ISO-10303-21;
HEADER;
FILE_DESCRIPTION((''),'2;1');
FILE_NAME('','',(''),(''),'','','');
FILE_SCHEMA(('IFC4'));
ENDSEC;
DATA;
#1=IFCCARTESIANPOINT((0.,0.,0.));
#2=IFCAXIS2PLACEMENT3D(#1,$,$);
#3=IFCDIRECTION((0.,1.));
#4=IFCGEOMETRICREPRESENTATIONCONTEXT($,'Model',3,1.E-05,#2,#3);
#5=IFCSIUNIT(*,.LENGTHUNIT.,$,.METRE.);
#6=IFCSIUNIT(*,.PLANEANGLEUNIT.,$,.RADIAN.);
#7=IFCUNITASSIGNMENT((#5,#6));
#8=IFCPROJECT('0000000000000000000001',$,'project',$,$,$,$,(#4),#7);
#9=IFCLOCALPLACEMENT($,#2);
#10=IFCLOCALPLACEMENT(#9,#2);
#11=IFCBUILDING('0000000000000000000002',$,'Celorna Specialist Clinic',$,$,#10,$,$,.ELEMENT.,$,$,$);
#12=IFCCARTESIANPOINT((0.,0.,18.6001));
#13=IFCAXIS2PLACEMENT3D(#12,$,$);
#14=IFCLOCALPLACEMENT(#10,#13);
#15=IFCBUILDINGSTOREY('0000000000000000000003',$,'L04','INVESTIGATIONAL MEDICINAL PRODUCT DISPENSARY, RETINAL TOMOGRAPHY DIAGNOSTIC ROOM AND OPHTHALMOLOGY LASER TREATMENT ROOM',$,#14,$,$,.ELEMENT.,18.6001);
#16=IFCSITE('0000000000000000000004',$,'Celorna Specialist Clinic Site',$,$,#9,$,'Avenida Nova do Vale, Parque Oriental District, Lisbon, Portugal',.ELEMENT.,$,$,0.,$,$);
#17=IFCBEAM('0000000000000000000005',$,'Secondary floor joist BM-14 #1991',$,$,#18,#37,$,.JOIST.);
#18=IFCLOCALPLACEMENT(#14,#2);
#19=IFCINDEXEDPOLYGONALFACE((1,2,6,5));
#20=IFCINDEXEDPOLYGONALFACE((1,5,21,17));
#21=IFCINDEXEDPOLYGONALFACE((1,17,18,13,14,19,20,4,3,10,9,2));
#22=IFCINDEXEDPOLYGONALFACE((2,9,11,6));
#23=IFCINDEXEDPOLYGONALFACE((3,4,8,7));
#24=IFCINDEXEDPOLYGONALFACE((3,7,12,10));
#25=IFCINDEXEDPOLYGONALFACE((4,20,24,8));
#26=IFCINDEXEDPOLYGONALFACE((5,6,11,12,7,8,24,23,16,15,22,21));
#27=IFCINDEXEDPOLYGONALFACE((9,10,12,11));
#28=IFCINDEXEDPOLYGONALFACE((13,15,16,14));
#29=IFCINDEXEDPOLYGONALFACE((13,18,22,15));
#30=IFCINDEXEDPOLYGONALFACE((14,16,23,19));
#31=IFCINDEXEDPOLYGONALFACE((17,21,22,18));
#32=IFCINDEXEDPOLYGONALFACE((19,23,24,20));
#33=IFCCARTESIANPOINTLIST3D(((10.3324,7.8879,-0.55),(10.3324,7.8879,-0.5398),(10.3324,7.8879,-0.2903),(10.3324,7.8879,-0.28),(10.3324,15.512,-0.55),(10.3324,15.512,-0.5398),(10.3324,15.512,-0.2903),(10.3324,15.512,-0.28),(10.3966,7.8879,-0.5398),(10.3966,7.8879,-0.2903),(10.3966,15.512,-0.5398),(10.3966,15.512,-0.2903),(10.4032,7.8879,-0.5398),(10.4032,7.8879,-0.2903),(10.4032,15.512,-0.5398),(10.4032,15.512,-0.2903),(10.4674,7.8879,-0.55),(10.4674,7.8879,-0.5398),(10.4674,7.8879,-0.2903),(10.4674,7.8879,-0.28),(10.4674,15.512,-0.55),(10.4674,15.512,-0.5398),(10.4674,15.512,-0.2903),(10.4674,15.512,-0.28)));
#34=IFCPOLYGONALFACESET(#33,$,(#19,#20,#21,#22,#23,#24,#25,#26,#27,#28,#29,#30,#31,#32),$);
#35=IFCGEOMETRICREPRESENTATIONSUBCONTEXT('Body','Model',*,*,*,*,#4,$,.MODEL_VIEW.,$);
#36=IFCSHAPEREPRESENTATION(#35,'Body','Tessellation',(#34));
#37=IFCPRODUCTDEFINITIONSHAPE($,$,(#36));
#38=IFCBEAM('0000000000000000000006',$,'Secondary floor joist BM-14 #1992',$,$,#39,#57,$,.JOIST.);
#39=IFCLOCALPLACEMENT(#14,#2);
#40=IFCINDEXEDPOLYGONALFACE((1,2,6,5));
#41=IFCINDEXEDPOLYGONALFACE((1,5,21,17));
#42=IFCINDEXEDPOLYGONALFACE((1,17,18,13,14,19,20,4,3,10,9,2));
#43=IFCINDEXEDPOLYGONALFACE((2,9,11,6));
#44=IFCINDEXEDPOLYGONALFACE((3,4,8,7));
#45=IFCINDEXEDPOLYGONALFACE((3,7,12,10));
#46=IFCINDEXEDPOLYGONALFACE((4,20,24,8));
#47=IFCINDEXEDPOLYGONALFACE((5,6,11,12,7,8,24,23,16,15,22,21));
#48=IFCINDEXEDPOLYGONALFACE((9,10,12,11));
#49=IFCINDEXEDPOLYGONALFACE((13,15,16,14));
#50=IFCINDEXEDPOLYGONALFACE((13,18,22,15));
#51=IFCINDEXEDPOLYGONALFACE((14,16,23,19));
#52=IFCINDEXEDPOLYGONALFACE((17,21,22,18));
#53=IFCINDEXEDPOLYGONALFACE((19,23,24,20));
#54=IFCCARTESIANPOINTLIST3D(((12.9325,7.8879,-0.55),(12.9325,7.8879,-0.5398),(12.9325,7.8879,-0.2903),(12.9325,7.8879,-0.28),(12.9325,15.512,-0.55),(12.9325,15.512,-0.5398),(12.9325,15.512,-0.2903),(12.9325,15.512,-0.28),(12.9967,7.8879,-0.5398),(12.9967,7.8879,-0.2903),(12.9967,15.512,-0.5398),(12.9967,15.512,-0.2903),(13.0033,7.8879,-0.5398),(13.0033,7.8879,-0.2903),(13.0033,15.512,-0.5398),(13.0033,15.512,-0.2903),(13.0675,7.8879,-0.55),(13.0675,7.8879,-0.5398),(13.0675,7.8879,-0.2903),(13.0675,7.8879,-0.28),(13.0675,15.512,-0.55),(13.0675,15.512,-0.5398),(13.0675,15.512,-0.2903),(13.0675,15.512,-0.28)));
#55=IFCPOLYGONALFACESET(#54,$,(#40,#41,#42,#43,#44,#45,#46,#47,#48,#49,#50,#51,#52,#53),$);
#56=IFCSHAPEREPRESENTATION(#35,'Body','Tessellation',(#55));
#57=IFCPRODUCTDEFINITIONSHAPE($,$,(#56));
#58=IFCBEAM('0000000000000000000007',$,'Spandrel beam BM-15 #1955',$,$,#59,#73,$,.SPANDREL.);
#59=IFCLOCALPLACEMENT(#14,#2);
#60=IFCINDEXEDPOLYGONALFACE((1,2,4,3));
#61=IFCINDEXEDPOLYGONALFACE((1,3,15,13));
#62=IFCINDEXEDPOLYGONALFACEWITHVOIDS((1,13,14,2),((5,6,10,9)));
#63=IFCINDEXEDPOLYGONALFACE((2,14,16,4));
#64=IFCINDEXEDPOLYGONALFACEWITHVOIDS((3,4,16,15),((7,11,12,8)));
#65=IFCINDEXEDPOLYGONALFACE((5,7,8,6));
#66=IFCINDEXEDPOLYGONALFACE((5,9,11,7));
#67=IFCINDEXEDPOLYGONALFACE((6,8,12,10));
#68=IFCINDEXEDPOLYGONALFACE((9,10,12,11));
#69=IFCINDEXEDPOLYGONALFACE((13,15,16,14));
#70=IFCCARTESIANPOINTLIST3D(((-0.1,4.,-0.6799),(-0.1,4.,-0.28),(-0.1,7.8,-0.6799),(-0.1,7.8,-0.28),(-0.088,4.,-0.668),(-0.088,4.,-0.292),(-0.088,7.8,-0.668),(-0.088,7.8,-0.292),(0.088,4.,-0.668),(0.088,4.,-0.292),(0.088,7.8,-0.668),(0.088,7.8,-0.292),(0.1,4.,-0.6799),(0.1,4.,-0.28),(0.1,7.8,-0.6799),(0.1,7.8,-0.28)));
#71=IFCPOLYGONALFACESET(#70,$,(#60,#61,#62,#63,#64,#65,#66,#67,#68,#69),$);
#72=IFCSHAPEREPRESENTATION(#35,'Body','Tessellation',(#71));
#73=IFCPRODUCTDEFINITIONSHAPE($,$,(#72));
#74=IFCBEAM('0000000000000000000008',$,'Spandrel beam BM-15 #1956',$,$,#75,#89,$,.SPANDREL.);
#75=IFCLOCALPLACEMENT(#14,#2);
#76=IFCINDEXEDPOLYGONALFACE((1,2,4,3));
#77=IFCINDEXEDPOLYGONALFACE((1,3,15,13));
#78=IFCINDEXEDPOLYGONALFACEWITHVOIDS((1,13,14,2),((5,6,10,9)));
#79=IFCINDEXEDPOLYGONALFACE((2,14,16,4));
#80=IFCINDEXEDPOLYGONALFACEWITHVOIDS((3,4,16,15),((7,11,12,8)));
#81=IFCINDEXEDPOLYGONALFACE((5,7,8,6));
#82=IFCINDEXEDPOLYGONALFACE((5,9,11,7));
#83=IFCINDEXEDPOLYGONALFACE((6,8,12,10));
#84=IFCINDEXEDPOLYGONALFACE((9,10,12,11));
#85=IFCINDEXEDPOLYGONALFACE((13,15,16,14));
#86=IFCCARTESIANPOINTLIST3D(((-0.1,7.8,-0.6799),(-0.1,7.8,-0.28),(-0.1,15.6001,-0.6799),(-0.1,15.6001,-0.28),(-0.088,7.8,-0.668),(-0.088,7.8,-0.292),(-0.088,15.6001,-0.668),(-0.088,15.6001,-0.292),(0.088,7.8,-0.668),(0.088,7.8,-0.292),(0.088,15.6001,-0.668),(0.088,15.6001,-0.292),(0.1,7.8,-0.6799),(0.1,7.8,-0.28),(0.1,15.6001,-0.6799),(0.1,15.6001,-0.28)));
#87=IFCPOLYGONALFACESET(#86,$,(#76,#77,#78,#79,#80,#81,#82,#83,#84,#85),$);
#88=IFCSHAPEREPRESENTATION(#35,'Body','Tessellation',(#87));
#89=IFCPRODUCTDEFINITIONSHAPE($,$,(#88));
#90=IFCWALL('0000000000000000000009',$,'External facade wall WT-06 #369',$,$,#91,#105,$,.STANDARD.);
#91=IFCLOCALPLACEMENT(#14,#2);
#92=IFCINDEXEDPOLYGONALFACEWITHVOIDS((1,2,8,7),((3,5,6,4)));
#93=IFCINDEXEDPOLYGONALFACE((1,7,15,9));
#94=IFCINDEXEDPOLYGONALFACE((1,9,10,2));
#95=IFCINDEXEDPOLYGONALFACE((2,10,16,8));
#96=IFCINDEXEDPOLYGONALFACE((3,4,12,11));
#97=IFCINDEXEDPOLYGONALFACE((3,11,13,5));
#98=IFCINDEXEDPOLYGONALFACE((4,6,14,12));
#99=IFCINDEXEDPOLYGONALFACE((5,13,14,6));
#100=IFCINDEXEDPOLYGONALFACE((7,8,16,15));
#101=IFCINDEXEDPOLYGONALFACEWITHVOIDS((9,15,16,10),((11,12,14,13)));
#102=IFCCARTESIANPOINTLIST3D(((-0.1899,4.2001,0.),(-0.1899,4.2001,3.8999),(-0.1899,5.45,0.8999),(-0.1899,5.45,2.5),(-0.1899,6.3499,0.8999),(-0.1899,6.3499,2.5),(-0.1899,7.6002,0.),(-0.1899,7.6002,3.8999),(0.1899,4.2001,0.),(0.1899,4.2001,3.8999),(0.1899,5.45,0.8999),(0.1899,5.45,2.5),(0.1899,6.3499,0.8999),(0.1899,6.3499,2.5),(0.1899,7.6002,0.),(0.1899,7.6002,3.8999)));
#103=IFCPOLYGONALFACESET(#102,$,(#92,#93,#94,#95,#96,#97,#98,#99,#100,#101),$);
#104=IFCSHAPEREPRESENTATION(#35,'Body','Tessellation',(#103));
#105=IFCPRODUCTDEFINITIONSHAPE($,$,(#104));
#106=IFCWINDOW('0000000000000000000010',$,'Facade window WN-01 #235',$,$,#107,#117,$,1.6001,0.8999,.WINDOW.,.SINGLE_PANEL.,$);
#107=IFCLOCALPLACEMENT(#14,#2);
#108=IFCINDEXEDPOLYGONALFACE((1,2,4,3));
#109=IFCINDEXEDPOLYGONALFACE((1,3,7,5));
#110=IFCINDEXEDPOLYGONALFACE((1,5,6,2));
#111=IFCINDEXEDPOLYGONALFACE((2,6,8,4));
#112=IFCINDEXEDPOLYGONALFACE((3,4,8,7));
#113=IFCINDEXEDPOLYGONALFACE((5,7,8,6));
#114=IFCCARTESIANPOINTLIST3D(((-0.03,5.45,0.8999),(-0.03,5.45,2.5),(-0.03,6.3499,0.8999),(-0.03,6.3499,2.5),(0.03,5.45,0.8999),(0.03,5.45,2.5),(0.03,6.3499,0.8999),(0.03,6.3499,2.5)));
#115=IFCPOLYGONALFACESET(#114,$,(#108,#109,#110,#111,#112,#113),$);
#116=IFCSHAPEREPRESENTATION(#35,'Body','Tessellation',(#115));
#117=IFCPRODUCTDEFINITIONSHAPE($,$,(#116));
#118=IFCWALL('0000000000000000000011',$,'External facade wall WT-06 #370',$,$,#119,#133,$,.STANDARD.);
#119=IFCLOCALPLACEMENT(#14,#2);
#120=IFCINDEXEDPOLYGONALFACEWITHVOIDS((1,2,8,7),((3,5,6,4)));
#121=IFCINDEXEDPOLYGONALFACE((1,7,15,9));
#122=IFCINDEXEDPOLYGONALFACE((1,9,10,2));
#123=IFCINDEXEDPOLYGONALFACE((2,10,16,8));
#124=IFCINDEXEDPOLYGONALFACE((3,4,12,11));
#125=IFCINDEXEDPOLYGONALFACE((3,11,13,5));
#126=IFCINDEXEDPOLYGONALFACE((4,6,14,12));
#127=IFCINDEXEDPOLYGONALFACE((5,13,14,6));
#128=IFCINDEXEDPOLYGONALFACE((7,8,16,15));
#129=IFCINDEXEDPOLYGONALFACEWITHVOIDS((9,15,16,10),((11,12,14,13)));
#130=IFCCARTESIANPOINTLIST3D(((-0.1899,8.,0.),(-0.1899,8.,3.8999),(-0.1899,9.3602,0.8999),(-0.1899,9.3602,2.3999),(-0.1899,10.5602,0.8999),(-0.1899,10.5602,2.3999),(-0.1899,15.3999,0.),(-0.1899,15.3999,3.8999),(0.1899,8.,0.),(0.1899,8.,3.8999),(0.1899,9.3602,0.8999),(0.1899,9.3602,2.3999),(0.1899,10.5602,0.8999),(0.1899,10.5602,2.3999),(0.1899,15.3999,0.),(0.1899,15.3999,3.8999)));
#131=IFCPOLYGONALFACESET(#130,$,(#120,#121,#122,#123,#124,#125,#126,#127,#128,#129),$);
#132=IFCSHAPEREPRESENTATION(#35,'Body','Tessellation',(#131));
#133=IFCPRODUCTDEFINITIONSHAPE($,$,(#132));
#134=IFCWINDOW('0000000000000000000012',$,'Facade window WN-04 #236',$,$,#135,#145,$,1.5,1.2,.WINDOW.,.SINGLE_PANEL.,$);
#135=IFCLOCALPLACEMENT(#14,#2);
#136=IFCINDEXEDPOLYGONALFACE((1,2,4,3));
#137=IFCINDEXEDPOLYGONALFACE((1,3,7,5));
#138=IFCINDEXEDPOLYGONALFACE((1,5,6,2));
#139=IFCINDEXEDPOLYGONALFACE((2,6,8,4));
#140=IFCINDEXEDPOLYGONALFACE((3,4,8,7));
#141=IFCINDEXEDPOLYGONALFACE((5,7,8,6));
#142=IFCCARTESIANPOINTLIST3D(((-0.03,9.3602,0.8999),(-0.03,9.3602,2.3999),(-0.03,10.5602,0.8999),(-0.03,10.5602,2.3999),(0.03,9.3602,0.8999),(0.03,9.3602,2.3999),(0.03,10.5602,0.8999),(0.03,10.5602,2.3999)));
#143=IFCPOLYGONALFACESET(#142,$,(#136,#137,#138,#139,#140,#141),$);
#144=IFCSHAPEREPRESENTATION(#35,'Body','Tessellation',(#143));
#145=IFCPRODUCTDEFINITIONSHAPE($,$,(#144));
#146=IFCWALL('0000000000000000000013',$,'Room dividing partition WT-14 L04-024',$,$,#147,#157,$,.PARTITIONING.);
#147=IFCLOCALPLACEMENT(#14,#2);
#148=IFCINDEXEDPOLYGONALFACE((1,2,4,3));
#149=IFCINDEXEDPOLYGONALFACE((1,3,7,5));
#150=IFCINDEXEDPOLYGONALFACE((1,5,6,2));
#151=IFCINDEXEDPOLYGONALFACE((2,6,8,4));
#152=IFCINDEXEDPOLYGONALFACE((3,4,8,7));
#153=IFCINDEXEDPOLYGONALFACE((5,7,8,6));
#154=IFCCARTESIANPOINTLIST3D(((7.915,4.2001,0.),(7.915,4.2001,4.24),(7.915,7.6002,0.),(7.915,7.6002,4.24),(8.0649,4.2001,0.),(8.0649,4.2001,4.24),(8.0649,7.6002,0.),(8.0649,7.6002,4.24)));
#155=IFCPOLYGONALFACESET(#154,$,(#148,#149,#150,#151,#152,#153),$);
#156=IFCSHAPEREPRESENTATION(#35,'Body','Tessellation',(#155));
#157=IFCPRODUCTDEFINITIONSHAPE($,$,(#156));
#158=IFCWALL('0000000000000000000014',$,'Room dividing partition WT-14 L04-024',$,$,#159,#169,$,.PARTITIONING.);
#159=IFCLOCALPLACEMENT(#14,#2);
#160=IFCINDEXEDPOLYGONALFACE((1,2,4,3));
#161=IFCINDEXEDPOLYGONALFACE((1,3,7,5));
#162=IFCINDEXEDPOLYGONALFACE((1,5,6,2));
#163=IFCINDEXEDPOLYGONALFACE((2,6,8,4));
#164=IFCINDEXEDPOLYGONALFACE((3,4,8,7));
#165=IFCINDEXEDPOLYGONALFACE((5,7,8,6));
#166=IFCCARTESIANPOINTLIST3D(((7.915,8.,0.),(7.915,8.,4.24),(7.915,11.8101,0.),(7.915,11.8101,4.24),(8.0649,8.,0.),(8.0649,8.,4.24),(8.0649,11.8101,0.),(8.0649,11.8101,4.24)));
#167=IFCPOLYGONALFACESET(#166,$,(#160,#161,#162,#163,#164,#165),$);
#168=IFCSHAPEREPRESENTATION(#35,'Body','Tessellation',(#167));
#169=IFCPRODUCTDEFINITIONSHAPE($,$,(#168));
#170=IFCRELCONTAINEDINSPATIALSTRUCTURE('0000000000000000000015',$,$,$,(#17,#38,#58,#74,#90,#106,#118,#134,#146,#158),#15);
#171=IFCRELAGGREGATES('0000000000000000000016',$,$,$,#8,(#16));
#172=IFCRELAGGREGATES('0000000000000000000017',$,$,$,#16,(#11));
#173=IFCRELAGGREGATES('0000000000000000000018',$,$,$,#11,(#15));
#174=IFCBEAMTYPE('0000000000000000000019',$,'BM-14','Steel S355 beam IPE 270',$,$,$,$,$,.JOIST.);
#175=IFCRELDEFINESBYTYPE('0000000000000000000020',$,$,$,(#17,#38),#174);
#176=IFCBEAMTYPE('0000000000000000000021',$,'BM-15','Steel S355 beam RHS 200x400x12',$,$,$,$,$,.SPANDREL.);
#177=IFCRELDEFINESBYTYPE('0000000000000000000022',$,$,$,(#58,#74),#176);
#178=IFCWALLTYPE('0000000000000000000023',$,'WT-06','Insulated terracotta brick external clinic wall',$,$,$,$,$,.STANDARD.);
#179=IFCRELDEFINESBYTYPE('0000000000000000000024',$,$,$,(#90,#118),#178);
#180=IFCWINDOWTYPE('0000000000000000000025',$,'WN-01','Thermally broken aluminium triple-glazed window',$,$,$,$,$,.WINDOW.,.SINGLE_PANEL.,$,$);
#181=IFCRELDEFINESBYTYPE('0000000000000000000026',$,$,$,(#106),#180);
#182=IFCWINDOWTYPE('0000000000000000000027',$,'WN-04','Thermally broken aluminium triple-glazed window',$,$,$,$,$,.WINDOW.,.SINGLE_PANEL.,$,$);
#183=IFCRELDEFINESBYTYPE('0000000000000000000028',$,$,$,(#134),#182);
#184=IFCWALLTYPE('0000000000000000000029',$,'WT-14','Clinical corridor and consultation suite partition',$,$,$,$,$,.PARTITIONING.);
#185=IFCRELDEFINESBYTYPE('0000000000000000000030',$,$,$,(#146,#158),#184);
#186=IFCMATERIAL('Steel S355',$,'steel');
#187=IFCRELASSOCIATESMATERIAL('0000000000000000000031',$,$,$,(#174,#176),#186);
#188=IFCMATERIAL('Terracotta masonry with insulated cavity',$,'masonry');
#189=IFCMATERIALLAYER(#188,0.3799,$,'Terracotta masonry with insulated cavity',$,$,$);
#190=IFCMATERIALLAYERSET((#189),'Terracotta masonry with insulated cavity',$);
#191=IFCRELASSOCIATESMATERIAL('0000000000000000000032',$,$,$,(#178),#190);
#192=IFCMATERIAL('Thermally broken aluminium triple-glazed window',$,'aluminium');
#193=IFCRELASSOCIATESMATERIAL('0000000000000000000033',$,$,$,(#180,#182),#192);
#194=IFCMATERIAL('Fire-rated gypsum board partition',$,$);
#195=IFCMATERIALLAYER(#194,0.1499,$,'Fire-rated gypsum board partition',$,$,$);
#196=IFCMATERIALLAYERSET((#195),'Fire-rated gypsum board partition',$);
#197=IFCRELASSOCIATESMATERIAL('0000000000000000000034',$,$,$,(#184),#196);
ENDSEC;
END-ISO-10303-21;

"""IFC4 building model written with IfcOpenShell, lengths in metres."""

from ifc_helpers import new_model, si_unit, direction, frame, frame_2d, origin, origin_2d, place, context, subcontext, project, spatial, rectangle, hollow_rectangle, i_section, extrude, material, layer, layer_set, material_profile, profile_set, type_object, element, fill, save


model = new_model("IFC4")

# Units and contexts
model_context = context("Model", 3, precision=1e-05, world=origin(), true_north=direction((0.0, 1.0)))
body_context = subcontext(model_context, "Body", "Model", "MODEL_VIEW")
ifc_project = project(units=[si_unit("LENGTHUNIT", "METRE"), si_unit("PLANEANGLEUNIT", "RADIAN")], contexts=[model_context])

# Site, building, storey
site_placement = place(None, origin())
site = spatial("IfcSite", under=ifc_project, at=site_placement, Name="Celorna Specialist Clinic Site", LongName="Avenida Nova do Vale, Parque Oriental District, Lisbon, Portugal", CompositionType="ELEMENT", RefElevation=0.0)
building_placement = place(site_placement, origin())
building = spatial("IfcBuilding", under=site, at=building_placement, Name="Celorna Specialist Clinic", CompositionType="ELEMENT")
storey_placement = place(building_placement, frame((0.0, 0.0, 18.6001)))
storey = spatial("IfcBuildingStorey", under=building, at=storey_placement, Name="L04", Description="INVESTIGATIONAL MEDICINAL PRODUCT DISPENSARY, RETINAL TOMOGRAPHY DIAGNOSTIC ROOM AND OPHTHALMOLOGY LASER TREATMENT ROOM", CompositionType="ELEMENT", Elevation=18.6001)

# Beams
ifc_material_1 = material(Name="Steel S355", Category="steel")
ifc_material_profile_1 = material_profile(ifc_material_1, i_section(OverallWidth=0.135, OverallDepth=0.27, WebThickness=0.0066, FlangeThickness=0.0103, at=origin_2d()), Name="IPE 270")
ifc_profile_set_1 = profile_set([ifc_material_profile_1], Name="Steel S355")
beam_type_1 = type_object("IfcBeamType", Name="BM-14", Description="Steel S355 beam IPE 270", PredefinedType="JOIST", material=ifc_profile_set_1)
for number, where, z_axis, x_axis, name in (
    (1, (10.3999, 7.8879, -0.415), (0.0, 1.0, 0.0), (-1.0, 0.0, 0.0), "Secondary floor joist BM-14 #1991"),
    (2, (13.0, 7.8879, -0.415), (0.0, 1.0, 0.0), (-1.0, 0.0, 0.0), "Secondary floor joist BM-14 #1992"),
):
    element("IfcBeam", number, at=place(storey_placement, frame(where, z_axis=z_axis, x_axis=x_axis)), inside=storey, type_object=beam_type_1, Name=name, PredefinedType="JOIST", context=body_context, shape_type="SweptSolid", body=[
        extrude(i_section(OverallWidth=0.135, OverallDepth=0.27, WebThickness=0.0066, FlangeThickness=0.0103, at=origin_2d()), origin(), (0.0, 0.0, 1.0), 7.624),
    ])
ifc_material_profile_2 = material_profile(ifc_material_1, hollow_rectangle(XDim=0.2, YDim=0.3999, WallThickness=0.012, at=origin_2d()), Name="RHS 200x400x12")
ifc_profile_set_2 = profile_set([ifc_material_profile_2], Name="Steel S355")
beam_type_2 = type_object("IfcBeamType", Name="BM-15", Description="Steel S355 beam RHS 200x400x12", PredefinedType="SPANDREL", material=ifc_profile_set_2)
beam_1_placement = place(storey_placement, frame((0.0, 4.0, -0.48), z_axis=(0.0, 1.0, 0.0), x_axis=(-1.0, 0.0, 0.0)))
element("IfcBeam", 3, at=beam_1_placement, inside=storey, type_object=beam_type_2, Name="Spandrel beam BM-15 #1955", PredefinedType="SPANDREL", context=body_context, shape_type="SweptSolid", body=[
    extrude(hollow_rectangle(XDim=0.2, YDim=0.3999, WallThickness=0.012, at=origin_2d()), origin(), (0.0, 0.0, 1.0), 3.8),
])
beam_2_placement = place(storey_placement, frame((0.0, 7.8, -0.48), z_axis=(0.0, 1.0, 0.0), x_axis=(-1.0, 0.0, 0.0)))
element("IfcBeam", 4, at=beam_2_placement, inside=storey, type_object=beam_type_2, Name="Spandrel beam BM-15 #1956", PredefinedType="SPANDREL", context=body_context, shape_type="SweptSolid", body=[
    extrude(hollow_rectangle(XDim=0.2, YDim=0.3999, WallThickness=0.012, at=origin_2d()), origin(), (0.0, 0.0, 1.0), 7.8),
])

# Walls, openings, windows
ifc_material_2 = material(Name="Terracotta masonry with insulated cavity", Category="masonry")
ifc_layer_1 = layer(ifc_material_2, 0.3799, Name="Terracotta masonry with insulated cavity")
ifc_layer_set_1 = layer_set([ifc_layer_1], Name="Terracotta masonry with insulated cavity")
wall_type_1 = type_object("IfcWallType", Name="WT-06", Description="Insulated terracotta brick external clinic wall", PredefinedType="STANDARD", material=ifc_layer_set_1)
wall_1_placement = place(storey_placement, frame((0.0, 4.2, 0.0), z_axis=(0.0, 0.0, 1.0), x_axis=(0.0, 1.0, 0.0)))
wall_1 = element("IfcWall", 5, at=wall_1_placement, inside=storey, type_object=wall_type_1, Name="External facade wall WT-06 #369", PredefinedType="STANDARD", context=body_context, shape_type="SweptSolid", body=[
    extrude(rectangle(XDim=3.4001, YDim=0.3799, at=frame_2d((1.7002, 0.0))), origin(), (0.0, 0.0, 1.0), 3.8999),
])
opening_1_placement = place(wall_1_placement, frame((1.25, 0.0, 0.8999)))
opening_1 = element("IfcOpeningElement", 6, at=opening_1_placement, cuts=wall_1, PredefinedType="OPENING", context=body_context, shape_type="SweptSolid", body=[
    extrude(rectangle(XDim=0.8999, YDim=1.6001, at=frame_2d((0.45, 0.8))), frame((0.0, 0.2, 0.0), z_axis=(0.0, -1.0, 0.0), x_axis=(1.0, 0.0, 0.0)), (0.0, 0.0, 1.0), 0.3999),
])
ifc_material_3 = material(Name="Thermally broken aluminium triple-glazed window", Category="aluminium")
window_type_1 = type_object("IfcWindowType", Name="WN-01", Description="Thermally broken aluminium triple-glazed window", PartitioningType="SINGLE_PANEL", PredefinedType="WINDOW", material=ifc_material_3)
window_1_placement = place(opening_1_placement, origin())
window_1 = element("IfcWindow", 7, at=window_1_placement, inside=storey, type_object=window_type_1, Name="Facade window WN-01 #235", OverallHeight=1.6001, OverallWidth=0.8999, PartitioningType="SINGLE_PANEL", PredefinedType="WINDOW", context=body_context, shape_type="SweptSolid", body=[
    extrude(rectangle(XDim=0.8999, YDim=1.6001, at=frame_2d((0.45, 0.8))), frame((0.0, 0.03, 0.0), z_axis=(0.0, -1.0, 0.0), x_axis=(1.0, 0.0, 0.0)), (0.0, 0.0, 1.0), 0.0601),
])
fill(opening_1, window_1)
wall_2_placement = place(storey_placement, frame((0.0, 8.0, 0.0), z_axis=(0.0, 0.0, 1.0), x_axis=(0.0, 1.0, 0.0)))
wall_2 = element("IfcWall", 8, at=wall_2_placement, inside=storey, type_object=wall_type_1, Name="External facade wall WT-06 #370", PredefinedType="STANDARD", context=body_context, shape_type="SweptSolid", body=[
    extrude(rectangle(XDim=7.3999, YDim=0.3799, at=frame_2d((3.7, 0.0))), origin(), (0.0, 0.0, 1.0), 3.8999),
])
opening_2_placement = place(wall_2_placement, frame((1.3601, 0.0, 0.8999)))
opening_2 = element("IfcOpeningElement", 9, at=opening_2_placement, cuts=wall_2, PredefinedType="OPENING", context=body_context, shape_type="SweptSolid", body=[
    extrude(rectangle(XDim=1.2, YDim=1.5, at=frame_2d((0.6001, 0.75))), frame((0.0, 0.2, 0.0), z_axis=(0.0, -1.0, 0.0), x_axis=(1.0, 0.0, 0.0)), (0.0, 0.0, 1.0), 0.3999),
])
window_type_2 = type_object("IfcWindowType", Name="WN-04", Description="Thermally broken aluminium triple-glazed window", PartitioningType="SINGLE_PANEL", PredefinedType="WINDOW", material=ifc_material_3)
window_2_placement = place(opening_2_placement, origin())
window_2 = element("IfcWindow", 10, at=window_2_placement, inside=storey, type_object=window_type_2, Name="Facade window WN-04 #236", OverallHeight=1.5, OverallWidth=1.2, PartitioningType="SINGLE_PANEL", PredefinedType="WINDOW", context=body_context, shape_type="SweptSolid", body=[
    extrude(rectangle(XDim=1.2, YDim=1.5, at=frame_2d((0.6001, 0.75))), frame((0.0, 0.03, 0.0), z_axis=(0.0, -1.0, 0.0), x_axis=(1.0, 0.0, 0.0)), (0.0, 0.0, 1.0), 0.0601),
])
fill(opening_2, window_2)

# Walls
ifc_material_4 = material(Name="Fire-rated gypsum board partition")
ifc_layer_2 = layer(ifc_material_4, 0.1499, Name="Fire-rated gypsum board partition")
ifc_layer_set_2 = layer_set([ifc_layer_2], Name="Fire-rated gypsum board partition")
wall_type_2 = type_object("IfcWallType", Name="WT-14", Description="Clinical corridor and consultation suite partition", PredefinedType="PARTITIONING", material=ifc_layer_set_2)
wall_3_placement = place(storey_placement, frame((7.99, 4.2, 0.0), z_axis=(0.0, 0.0, 1.0), x_axis=(0.0, 1.0, 0.0)))
element("IfcWall", 11, at=wall_3_placement, inside=storey, type_object=wall_type_2, Name="Room dividing partition WT-14 L04-024", PredefinedType="PARTITIONING", context=body_context, shape_type="SweptSolid", body=[
    extrude(rectangle(XDim=3.4001, YDim=0.1499, at=frame_2d((1.7002, 0.0))), origin(), (0.0, 0.0, 1.0), 4.24),
])
wall_4_placement = place(storey_placement, frame((7.99, 8.0, 0.0), z_axis=(0.0, 0.0, 1.0), x_axis=(0.0, 1.0, 0.0)))
element("IfcWall", 12, at=wall_4_placement, inside=storey, type_object=wall_type_2, Name="Room dividing partition WT-14 L04-024", PredefinedType="PARTITIONING", context=body_context, shape_type="SweptSolid", body=[
    extrude(rectangle(XDim=3.8101, YDim=0.1499, at=frame_2d((1.905, 0.0))), origin(), (0.0, 0.0, 1.0), 4.24),
])

save(model, "model.ifc")
